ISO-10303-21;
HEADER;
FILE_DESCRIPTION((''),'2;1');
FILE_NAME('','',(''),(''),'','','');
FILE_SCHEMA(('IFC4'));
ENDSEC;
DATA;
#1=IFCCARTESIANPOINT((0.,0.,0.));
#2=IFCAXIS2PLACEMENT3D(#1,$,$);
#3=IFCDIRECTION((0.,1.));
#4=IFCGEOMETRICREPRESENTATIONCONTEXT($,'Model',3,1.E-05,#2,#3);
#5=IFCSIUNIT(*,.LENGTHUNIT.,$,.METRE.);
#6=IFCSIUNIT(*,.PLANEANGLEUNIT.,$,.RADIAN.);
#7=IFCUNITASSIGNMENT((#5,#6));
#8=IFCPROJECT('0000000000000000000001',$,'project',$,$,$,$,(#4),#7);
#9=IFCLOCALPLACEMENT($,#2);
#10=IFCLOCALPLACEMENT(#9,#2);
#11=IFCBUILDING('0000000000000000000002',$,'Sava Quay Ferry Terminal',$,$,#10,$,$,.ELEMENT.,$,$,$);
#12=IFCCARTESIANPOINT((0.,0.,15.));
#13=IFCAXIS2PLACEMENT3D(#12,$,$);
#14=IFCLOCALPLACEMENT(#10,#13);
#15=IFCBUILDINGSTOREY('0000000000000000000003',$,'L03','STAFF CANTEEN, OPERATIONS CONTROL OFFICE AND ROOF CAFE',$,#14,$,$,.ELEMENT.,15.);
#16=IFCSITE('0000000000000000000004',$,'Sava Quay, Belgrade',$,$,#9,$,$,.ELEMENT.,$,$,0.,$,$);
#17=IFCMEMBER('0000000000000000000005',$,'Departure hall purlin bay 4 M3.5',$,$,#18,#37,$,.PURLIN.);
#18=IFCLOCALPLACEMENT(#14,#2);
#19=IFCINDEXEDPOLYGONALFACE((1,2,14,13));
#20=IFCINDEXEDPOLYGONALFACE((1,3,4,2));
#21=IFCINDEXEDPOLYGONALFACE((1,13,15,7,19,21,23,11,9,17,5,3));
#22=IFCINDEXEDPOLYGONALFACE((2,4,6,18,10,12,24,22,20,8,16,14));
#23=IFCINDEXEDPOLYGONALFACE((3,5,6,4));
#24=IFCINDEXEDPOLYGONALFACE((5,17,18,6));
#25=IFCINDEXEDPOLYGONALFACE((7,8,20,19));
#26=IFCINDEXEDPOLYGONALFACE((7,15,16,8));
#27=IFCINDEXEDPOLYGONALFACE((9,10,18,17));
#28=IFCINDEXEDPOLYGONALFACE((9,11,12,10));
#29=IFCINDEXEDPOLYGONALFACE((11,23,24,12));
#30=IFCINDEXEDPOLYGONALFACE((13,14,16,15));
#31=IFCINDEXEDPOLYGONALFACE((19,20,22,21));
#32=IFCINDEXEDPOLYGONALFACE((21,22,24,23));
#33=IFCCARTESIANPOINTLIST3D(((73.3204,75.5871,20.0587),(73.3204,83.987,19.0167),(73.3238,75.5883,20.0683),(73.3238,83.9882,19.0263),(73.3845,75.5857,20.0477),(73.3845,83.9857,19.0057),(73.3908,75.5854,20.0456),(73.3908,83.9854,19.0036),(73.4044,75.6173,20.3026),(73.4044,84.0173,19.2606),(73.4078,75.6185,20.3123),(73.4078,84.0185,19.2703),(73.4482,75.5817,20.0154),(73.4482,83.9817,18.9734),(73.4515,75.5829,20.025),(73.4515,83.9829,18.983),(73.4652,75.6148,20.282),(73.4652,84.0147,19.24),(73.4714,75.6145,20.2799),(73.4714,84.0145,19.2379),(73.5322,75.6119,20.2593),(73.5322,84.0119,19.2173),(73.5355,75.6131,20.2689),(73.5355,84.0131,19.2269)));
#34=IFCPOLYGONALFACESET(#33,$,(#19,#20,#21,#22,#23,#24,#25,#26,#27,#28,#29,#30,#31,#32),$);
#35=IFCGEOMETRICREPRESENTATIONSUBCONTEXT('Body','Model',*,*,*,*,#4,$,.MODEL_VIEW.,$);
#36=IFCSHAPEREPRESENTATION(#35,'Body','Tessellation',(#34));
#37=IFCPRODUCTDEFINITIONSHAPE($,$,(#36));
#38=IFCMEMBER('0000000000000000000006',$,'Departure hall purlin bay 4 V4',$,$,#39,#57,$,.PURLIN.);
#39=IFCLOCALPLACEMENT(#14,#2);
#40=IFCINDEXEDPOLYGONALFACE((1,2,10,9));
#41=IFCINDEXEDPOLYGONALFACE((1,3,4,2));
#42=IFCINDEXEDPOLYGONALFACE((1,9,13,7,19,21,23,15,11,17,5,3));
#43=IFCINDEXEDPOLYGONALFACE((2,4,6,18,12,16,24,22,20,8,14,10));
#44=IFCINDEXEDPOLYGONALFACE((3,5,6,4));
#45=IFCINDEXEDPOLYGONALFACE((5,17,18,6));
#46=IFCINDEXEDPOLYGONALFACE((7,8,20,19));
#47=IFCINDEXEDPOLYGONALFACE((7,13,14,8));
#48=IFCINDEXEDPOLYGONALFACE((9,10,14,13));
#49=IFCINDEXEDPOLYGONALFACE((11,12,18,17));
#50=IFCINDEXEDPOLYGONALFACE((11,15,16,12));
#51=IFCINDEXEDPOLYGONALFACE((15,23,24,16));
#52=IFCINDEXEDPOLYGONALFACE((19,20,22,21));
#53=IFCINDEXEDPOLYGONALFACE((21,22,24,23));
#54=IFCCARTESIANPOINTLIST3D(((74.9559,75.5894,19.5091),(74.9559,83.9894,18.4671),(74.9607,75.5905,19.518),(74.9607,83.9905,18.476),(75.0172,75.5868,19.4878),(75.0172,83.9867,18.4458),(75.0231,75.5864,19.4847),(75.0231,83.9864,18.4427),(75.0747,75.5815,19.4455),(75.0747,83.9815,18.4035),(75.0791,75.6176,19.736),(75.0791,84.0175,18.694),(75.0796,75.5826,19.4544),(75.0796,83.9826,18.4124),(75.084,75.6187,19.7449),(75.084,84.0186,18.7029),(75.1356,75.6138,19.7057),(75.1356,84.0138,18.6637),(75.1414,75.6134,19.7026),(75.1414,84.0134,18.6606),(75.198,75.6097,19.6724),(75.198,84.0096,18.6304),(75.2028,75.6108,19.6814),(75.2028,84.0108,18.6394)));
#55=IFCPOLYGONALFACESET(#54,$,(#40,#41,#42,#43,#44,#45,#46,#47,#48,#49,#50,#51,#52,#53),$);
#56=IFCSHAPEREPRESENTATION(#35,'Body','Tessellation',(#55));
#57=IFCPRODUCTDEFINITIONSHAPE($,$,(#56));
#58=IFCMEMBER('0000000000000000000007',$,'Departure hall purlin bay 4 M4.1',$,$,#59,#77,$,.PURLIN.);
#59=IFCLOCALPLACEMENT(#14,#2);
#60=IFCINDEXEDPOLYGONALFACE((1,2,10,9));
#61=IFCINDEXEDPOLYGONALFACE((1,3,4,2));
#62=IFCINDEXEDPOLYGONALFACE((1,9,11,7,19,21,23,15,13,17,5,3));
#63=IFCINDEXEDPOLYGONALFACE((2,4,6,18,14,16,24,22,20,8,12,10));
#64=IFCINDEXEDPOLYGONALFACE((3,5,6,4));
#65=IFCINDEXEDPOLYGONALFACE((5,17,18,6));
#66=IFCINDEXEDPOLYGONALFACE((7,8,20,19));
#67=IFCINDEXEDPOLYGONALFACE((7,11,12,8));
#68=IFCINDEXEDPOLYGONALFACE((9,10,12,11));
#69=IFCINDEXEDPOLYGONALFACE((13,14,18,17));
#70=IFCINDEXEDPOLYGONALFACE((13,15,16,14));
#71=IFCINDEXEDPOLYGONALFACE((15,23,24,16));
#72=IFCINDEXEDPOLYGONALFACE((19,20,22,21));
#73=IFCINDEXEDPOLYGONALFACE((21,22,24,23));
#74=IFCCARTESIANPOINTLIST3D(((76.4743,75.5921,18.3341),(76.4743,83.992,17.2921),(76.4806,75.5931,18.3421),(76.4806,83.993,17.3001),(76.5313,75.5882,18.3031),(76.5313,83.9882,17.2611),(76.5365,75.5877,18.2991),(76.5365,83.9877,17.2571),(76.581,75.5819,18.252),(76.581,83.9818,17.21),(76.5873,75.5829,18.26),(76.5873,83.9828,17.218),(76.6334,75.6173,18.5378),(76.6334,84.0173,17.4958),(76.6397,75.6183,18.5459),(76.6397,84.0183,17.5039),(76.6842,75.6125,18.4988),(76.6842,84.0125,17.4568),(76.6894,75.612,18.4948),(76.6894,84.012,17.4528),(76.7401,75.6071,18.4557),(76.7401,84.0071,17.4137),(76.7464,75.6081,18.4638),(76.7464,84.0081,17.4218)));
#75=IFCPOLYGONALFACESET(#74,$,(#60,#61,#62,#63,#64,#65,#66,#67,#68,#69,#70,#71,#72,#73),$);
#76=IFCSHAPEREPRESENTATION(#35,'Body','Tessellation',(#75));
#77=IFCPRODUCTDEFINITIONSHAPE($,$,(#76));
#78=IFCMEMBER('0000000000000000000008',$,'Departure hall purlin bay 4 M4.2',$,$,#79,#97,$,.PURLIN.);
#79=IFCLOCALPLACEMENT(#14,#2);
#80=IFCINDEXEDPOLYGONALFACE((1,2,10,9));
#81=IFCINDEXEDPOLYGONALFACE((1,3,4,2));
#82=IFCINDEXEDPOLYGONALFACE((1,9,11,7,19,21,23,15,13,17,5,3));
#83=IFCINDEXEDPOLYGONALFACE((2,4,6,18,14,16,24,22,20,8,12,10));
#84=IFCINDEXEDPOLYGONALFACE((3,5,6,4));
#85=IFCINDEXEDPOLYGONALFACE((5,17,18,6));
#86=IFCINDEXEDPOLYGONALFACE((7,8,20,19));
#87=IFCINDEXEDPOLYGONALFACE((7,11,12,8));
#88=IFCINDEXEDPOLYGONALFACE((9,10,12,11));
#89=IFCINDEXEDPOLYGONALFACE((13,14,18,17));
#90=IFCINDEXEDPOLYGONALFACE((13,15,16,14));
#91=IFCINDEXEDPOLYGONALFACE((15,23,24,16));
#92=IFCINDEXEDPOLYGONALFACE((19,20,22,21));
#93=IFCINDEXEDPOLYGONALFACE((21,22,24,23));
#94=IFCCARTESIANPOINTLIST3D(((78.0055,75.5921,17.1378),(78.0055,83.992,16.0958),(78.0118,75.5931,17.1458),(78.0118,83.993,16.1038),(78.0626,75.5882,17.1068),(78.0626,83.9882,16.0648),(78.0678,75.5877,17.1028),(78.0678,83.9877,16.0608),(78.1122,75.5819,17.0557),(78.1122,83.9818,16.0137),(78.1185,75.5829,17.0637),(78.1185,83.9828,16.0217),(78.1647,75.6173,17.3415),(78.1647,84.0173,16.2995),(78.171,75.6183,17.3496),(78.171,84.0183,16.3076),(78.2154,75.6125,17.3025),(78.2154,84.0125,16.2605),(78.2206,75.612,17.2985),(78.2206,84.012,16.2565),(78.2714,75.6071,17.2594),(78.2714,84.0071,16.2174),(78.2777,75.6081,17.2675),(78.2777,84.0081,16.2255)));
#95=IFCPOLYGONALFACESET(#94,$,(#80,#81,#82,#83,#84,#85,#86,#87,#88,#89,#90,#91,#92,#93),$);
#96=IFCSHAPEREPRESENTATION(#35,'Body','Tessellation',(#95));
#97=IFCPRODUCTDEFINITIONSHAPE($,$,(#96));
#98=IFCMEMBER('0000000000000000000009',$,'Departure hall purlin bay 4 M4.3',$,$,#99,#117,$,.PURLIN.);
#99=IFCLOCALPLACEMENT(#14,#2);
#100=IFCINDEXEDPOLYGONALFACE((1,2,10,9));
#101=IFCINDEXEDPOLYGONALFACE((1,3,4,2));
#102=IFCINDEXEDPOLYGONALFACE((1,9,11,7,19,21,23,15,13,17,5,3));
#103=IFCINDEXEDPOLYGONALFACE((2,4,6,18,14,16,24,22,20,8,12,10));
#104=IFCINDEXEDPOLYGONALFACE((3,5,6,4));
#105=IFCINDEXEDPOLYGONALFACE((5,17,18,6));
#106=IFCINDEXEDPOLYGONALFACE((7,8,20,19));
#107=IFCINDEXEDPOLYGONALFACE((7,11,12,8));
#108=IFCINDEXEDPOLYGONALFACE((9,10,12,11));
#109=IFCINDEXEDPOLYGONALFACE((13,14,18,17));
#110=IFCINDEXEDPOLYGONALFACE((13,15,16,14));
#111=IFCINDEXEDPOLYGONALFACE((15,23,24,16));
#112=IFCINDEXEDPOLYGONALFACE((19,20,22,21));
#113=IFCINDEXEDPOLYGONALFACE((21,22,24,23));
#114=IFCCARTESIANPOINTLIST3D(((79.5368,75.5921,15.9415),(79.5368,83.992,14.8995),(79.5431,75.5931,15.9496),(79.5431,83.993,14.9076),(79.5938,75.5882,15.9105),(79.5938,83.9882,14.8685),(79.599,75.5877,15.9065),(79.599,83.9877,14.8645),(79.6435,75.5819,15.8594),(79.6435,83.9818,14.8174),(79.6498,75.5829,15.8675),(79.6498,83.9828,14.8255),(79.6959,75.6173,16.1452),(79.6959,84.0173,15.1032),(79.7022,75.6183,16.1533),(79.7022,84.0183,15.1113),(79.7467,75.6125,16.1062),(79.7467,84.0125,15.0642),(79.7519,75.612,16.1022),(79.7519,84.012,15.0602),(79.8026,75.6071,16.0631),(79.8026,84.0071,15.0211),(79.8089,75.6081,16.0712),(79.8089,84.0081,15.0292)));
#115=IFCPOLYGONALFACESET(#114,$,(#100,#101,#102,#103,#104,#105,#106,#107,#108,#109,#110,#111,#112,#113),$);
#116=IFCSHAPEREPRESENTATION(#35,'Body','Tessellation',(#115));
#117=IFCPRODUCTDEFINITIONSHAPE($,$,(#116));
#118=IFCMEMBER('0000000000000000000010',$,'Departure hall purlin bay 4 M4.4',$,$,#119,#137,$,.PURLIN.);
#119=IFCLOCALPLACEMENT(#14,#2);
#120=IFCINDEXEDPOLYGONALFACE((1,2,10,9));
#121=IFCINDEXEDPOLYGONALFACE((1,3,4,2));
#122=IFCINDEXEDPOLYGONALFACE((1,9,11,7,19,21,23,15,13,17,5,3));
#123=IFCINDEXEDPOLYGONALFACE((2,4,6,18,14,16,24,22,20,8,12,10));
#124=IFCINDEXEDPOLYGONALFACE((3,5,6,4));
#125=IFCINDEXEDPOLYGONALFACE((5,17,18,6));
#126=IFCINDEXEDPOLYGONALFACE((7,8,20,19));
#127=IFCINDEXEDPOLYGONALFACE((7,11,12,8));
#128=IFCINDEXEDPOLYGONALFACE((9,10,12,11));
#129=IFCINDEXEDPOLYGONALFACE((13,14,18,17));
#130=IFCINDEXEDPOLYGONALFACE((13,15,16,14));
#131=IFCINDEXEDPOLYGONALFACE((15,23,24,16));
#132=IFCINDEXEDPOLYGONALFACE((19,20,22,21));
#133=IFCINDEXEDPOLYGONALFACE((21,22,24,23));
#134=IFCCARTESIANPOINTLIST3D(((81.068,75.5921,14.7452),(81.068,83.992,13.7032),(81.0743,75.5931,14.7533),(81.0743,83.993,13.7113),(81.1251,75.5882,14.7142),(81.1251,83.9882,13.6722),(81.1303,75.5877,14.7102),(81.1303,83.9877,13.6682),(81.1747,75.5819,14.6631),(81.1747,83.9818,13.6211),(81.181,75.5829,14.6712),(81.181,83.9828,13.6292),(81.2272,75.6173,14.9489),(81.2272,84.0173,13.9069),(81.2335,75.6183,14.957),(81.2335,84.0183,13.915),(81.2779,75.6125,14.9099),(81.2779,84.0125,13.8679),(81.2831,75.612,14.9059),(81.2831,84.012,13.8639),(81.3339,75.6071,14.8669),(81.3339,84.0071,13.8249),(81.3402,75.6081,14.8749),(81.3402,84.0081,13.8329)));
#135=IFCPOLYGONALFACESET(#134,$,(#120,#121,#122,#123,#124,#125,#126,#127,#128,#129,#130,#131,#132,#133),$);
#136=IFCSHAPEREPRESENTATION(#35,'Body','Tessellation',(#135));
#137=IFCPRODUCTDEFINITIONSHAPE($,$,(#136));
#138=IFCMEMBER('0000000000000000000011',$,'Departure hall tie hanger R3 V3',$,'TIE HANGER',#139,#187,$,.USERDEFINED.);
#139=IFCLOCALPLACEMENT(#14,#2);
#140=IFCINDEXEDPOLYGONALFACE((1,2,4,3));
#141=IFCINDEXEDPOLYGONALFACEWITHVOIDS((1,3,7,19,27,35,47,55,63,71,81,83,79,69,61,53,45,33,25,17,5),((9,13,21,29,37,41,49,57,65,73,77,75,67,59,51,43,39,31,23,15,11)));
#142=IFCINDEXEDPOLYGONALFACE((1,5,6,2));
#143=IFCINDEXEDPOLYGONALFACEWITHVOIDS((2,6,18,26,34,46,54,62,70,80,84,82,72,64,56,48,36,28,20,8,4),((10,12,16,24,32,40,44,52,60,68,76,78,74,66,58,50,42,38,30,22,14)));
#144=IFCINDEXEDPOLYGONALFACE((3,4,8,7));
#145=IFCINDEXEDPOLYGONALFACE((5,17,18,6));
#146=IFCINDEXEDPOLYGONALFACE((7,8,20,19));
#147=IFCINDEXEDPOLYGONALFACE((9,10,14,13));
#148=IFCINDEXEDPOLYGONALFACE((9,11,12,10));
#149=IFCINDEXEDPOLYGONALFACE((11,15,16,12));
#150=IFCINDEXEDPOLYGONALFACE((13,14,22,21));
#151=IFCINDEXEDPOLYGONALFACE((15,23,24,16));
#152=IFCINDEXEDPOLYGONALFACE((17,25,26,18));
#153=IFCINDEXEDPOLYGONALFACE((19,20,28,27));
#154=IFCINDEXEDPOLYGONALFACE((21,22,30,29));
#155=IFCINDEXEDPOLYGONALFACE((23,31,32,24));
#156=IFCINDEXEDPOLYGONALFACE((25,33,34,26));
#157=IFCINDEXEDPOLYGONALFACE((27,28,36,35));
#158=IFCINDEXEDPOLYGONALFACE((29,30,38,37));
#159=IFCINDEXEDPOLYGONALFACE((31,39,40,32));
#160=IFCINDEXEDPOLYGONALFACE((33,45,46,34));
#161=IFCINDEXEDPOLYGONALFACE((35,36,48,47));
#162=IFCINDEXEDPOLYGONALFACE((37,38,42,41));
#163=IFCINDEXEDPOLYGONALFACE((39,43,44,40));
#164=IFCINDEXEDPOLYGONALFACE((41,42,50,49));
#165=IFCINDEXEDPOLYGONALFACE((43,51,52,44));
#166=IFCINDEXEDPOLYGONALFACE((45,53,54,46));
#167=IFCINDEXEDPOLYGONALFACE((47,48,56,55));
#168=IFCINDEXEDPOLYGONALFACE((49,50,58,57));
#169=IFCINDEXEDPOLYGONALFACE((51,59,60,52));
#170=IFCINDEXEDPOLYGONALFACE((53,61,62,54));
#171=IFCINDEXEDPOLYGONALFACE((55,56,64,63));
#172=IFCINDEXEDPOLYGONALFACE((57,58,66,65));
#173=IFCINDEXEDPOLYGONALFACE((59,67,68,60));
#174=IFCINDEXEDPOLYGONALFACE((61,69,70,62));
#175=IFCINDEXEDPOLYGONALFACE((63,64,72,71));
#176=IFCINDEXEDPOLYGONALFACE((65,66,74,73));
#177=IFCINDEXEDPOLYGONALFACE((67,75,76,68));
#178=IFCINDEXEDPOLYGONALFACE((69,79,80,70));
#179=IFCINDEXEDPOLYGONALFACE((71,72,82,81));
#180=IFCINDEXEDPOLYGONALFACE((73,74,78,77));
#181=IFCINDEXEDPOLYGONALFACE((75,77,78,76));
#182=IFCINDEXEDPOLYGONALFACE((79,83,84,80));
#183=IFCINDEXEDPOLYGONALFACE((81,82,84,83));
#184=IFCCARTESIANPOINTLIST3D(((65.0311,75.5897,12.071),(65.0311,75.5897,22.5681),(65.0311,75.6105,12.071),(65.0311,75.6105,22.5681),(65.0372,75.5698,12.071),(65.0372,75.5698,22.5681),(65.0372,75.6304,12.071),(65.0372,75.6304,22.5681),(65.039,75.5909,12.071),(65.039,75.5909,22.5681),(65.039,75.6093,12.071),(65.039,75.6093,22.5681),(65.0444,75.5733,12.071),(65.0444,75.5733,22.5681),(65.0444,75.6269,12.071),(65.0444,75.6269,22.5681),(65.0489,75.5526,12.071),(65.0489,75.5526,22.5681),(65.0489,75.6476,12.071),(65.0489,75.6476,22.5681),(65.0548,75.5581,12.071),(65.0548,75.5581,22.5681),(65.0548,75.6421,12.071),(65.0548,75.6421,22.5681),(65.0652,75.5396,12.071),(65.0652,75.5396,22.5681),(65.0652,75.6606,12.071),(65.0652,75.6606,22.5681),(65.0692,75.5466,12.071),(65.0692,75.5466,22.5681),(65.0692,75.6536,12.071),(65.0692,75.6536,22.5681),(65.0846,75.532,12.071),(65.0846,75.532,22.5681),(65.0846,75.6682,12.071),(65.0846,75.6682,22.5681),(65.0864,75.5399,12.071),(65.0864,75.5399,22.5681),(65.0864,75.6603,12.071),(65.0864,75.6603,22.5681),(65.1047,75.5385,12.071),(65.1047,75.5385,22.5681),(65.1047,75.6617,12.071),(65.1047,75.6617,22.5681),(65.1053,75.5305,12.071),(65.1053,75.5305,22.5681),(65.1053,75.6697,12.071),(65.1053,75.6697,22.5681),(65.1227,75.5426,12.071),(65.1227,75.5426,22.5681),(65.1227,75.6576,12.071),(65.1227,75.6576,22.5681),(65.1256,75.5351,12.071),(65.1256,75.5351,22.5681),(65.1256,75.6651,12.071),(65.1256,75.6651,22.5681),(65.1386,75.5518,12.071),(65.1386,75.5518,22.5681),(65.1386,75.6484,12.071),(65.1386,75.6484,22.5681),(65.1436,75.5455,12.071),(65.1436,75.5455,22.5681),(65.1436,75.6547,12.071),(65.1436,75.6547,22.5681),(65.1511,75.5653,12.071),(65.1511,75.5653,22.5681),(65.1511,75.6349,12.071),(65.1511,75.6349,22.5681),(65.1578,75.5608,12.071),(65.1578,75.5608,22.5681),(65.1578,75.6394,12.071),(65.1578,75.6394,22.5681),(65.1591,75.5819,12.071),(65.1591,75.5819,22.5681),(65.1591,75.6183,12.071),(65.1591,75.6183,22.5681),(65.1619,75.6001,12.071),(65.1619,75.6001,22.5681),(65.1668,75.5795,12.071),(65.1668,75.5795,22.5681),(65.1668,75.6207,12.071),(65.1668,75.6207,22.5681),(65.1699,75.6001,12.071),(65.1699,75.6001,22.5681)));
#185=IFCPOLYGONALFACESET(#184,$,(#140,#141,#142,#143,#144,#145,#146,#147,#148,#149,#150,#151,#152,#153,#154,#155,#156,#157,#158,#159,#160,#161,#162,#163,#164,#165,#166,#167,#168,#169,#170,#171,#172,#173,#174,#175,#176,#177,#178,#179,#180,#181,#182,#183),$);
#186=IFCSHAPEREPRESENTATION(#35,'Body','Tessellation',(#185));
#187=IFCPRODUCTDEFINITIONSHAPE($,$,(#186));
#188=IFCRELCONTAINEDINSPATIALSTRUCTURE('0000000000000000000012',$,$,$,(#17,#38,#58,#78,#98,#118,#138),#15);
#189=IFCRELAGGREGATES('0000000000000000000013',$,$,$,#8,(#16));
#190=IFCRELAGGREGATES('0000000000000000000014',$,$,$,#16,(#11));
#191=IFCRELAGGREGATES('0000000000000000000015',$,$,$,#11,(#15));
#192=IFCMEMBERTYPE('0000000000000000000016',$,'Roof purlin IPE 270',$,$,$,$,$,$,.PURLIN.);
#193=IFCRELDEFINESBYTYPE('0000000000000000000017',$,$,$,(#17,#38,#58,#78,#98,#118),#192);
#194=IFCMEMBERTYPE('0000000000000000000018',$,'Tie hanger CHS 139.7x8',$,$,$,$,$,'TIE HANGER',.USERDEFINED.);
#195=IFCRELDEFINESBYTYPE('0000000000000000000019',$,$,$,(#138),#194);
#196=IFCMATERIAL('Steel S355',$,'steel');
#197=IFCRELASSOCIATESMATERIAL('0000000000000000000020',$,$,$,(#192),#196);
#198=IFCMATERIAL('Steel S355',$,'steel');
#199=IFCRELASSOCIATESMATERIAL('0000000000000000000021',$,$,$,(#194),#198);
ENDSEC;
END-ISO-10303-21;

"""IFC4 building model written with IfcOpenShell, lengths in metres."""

from ifc_helpers import new_model, si_unit, direction, frame, origin, origin_2d, place, context, subcontext, project, spatial, hollow_circle, i_section, extrude, material, material_profile, profile_set, type_object, element, save


model = new_model("IFC4")

# Units and contexts
model_context = context("Model", 3, precision=1e-05, world=origin(), true_north=direction((0.0, 1.0)))
body_context = subcontext(model_context, "Body", "Model", "MODEL_VIEW")
ifc_project = project(units=[si_unit("LENGTHUNIT", "METRE"), si_unit("PLANEANGLEUNIT", "RADIAN")], contexts=[model_context])

# Site, building, storey
site_placement = place(None, origin())
site = spatial("IfcSite", under=ifc_project, at=site_placement, Name="Sava Quay, Belgrade", CompositionType="ELEMENT", RefElevation=0.0)
building_placement = place(site_placement, origin())
building = spatial("IfcBuilding", under=site, at=building_placement, Name="Sava Quay Ferry Terminal", CompositionType="ELEMENT")
storey_placement = place(building_placement, frame((0.0, 0.0, 15.0)))
storey = spatial("IfcBuildingStorey", under=building, at=storey_placement, Name="L03", Description="STAFF CANTEEN, OPERATIONS CONTROL OFFICE AND ROOF CAFE", CompositionType="ELEMENT", Elevation=15.0)

# Members
ifc_material_1 = material(Name="Steel S355", Category="steel")
ifc_material_profile_1 = material_profile(ifc_material_1, i_section(OverallWidth=0.135, OverallDepth=0.27, WebThickness=0.0066, FlangeThickness=0.0103, at=origin_2d()), Name="IPE 270")
ifc_profile_set_1 = profile_set([ifc_material_profile_1], Name="Steel S355")
member_type_1 = type_object("IfcMemberType", Name="Roof purlin IPE 270", PredefinedType="PURLIN", material=ifc_profile_set_1)
for number, where, z_axis, x_axis, name in (
    (1, (73.428, 75.6001, 20.1638), (0.0, 0.992394, -0.123105), (-0.946279, 0.039806, 0.320892), "Departure hall purlin bay 4 M3.5"),
    (2, (75.0793, 75.6001, 19.5952), (0.0, 0.992394, -0.123105), (-0.880255, 0.058413, 0.470892), "Departure hall purlin bay 4 V4"),
    (3, (76.6104, 75.6001, 18.3989), (0.0, 0.992394, -0.123105), (-0.790284, 0.075431, 0.60808), "Departure hall purlin bay 4 M4.1"),
    (4, (78.1416, 75.6001, 17.2026), (0.0, 0.992394, -0.123105), (-0.790284, 0.075431, 0.60808), "Departure hall purlin bay 4 M4.2"),
    (5, (79.6729, 75.6001, 16.0063), (0.0, 0.992394, -0.123105), (-0.790284, 0.075431, 0.60808), "Departure hall purlin bay 4 M4.3"),
    (6, (81.2041, 75.6001, 14.8101), (0.0, 0.992394, -0.123105), (-0.790284, 0.075431, 0.60808), "Departure hall purlin bay 4 M4.4"),
):
    element("IfcMember", number, at=place(storey_placement, frame(where, z_axis=z_axis, x_axis=x_axis)), inside=storey, type_object=member_type_1, Name=name, PredefinedType="PURLIN", context=body_context, shape_type="SweptSolid", body=[
        extrude(i_section(OverallWidth=0.135, OverallDepth=0.27, WebThickness=0.0066, FlangeThickness=0.0103, at=origin_2d()), origin(), (0.0, 0.0, 1.0), 8.4644),
    ])
ifc_material_2 = material(Name="Steel S355", Category="steel")
ifc_material_profile_2 = material_profile(ifc_material_2, hollow_circle(Radius=0.0698, WallThickness=0.0081, at=origin_2d()), Name="CHS 139.7 x 8.0")
ifc_profile_set_2 = profile_set([ifc_material_profile_2], Name="Steel S355")
member_type_2 = type_object("IfcMemberType", Name="Tie hanger CHS 139.7x8", ElementType="TIE HANGER", PredefinedType="USERDEFINED", material=ifc_profile_set_2)
member_1_placement = place(storey_placement, frame((65.1001, 75.6001, 12.071), z_axis=(0.0, 0.0, 1.0), x_axis=(1.0, 0.0, 0.0)))
element("IfcMember", 7, at=member_1_placement, inside=storey, type_object=member_type_2, Name="Departure hall tie hanger R3 V3", ObjectType="TIE HANGER", PredefinedType="USERDEFINED", context=body_context, shape_type="SweptSolid", body=[
    extrude(hollow_circle(Radius=0.0698, WallThickness=0.0081, at=origin_2d()), origin(), (0.0, 0.0, 1.0), 10.4971),
])

save(model, "model.ifc")
